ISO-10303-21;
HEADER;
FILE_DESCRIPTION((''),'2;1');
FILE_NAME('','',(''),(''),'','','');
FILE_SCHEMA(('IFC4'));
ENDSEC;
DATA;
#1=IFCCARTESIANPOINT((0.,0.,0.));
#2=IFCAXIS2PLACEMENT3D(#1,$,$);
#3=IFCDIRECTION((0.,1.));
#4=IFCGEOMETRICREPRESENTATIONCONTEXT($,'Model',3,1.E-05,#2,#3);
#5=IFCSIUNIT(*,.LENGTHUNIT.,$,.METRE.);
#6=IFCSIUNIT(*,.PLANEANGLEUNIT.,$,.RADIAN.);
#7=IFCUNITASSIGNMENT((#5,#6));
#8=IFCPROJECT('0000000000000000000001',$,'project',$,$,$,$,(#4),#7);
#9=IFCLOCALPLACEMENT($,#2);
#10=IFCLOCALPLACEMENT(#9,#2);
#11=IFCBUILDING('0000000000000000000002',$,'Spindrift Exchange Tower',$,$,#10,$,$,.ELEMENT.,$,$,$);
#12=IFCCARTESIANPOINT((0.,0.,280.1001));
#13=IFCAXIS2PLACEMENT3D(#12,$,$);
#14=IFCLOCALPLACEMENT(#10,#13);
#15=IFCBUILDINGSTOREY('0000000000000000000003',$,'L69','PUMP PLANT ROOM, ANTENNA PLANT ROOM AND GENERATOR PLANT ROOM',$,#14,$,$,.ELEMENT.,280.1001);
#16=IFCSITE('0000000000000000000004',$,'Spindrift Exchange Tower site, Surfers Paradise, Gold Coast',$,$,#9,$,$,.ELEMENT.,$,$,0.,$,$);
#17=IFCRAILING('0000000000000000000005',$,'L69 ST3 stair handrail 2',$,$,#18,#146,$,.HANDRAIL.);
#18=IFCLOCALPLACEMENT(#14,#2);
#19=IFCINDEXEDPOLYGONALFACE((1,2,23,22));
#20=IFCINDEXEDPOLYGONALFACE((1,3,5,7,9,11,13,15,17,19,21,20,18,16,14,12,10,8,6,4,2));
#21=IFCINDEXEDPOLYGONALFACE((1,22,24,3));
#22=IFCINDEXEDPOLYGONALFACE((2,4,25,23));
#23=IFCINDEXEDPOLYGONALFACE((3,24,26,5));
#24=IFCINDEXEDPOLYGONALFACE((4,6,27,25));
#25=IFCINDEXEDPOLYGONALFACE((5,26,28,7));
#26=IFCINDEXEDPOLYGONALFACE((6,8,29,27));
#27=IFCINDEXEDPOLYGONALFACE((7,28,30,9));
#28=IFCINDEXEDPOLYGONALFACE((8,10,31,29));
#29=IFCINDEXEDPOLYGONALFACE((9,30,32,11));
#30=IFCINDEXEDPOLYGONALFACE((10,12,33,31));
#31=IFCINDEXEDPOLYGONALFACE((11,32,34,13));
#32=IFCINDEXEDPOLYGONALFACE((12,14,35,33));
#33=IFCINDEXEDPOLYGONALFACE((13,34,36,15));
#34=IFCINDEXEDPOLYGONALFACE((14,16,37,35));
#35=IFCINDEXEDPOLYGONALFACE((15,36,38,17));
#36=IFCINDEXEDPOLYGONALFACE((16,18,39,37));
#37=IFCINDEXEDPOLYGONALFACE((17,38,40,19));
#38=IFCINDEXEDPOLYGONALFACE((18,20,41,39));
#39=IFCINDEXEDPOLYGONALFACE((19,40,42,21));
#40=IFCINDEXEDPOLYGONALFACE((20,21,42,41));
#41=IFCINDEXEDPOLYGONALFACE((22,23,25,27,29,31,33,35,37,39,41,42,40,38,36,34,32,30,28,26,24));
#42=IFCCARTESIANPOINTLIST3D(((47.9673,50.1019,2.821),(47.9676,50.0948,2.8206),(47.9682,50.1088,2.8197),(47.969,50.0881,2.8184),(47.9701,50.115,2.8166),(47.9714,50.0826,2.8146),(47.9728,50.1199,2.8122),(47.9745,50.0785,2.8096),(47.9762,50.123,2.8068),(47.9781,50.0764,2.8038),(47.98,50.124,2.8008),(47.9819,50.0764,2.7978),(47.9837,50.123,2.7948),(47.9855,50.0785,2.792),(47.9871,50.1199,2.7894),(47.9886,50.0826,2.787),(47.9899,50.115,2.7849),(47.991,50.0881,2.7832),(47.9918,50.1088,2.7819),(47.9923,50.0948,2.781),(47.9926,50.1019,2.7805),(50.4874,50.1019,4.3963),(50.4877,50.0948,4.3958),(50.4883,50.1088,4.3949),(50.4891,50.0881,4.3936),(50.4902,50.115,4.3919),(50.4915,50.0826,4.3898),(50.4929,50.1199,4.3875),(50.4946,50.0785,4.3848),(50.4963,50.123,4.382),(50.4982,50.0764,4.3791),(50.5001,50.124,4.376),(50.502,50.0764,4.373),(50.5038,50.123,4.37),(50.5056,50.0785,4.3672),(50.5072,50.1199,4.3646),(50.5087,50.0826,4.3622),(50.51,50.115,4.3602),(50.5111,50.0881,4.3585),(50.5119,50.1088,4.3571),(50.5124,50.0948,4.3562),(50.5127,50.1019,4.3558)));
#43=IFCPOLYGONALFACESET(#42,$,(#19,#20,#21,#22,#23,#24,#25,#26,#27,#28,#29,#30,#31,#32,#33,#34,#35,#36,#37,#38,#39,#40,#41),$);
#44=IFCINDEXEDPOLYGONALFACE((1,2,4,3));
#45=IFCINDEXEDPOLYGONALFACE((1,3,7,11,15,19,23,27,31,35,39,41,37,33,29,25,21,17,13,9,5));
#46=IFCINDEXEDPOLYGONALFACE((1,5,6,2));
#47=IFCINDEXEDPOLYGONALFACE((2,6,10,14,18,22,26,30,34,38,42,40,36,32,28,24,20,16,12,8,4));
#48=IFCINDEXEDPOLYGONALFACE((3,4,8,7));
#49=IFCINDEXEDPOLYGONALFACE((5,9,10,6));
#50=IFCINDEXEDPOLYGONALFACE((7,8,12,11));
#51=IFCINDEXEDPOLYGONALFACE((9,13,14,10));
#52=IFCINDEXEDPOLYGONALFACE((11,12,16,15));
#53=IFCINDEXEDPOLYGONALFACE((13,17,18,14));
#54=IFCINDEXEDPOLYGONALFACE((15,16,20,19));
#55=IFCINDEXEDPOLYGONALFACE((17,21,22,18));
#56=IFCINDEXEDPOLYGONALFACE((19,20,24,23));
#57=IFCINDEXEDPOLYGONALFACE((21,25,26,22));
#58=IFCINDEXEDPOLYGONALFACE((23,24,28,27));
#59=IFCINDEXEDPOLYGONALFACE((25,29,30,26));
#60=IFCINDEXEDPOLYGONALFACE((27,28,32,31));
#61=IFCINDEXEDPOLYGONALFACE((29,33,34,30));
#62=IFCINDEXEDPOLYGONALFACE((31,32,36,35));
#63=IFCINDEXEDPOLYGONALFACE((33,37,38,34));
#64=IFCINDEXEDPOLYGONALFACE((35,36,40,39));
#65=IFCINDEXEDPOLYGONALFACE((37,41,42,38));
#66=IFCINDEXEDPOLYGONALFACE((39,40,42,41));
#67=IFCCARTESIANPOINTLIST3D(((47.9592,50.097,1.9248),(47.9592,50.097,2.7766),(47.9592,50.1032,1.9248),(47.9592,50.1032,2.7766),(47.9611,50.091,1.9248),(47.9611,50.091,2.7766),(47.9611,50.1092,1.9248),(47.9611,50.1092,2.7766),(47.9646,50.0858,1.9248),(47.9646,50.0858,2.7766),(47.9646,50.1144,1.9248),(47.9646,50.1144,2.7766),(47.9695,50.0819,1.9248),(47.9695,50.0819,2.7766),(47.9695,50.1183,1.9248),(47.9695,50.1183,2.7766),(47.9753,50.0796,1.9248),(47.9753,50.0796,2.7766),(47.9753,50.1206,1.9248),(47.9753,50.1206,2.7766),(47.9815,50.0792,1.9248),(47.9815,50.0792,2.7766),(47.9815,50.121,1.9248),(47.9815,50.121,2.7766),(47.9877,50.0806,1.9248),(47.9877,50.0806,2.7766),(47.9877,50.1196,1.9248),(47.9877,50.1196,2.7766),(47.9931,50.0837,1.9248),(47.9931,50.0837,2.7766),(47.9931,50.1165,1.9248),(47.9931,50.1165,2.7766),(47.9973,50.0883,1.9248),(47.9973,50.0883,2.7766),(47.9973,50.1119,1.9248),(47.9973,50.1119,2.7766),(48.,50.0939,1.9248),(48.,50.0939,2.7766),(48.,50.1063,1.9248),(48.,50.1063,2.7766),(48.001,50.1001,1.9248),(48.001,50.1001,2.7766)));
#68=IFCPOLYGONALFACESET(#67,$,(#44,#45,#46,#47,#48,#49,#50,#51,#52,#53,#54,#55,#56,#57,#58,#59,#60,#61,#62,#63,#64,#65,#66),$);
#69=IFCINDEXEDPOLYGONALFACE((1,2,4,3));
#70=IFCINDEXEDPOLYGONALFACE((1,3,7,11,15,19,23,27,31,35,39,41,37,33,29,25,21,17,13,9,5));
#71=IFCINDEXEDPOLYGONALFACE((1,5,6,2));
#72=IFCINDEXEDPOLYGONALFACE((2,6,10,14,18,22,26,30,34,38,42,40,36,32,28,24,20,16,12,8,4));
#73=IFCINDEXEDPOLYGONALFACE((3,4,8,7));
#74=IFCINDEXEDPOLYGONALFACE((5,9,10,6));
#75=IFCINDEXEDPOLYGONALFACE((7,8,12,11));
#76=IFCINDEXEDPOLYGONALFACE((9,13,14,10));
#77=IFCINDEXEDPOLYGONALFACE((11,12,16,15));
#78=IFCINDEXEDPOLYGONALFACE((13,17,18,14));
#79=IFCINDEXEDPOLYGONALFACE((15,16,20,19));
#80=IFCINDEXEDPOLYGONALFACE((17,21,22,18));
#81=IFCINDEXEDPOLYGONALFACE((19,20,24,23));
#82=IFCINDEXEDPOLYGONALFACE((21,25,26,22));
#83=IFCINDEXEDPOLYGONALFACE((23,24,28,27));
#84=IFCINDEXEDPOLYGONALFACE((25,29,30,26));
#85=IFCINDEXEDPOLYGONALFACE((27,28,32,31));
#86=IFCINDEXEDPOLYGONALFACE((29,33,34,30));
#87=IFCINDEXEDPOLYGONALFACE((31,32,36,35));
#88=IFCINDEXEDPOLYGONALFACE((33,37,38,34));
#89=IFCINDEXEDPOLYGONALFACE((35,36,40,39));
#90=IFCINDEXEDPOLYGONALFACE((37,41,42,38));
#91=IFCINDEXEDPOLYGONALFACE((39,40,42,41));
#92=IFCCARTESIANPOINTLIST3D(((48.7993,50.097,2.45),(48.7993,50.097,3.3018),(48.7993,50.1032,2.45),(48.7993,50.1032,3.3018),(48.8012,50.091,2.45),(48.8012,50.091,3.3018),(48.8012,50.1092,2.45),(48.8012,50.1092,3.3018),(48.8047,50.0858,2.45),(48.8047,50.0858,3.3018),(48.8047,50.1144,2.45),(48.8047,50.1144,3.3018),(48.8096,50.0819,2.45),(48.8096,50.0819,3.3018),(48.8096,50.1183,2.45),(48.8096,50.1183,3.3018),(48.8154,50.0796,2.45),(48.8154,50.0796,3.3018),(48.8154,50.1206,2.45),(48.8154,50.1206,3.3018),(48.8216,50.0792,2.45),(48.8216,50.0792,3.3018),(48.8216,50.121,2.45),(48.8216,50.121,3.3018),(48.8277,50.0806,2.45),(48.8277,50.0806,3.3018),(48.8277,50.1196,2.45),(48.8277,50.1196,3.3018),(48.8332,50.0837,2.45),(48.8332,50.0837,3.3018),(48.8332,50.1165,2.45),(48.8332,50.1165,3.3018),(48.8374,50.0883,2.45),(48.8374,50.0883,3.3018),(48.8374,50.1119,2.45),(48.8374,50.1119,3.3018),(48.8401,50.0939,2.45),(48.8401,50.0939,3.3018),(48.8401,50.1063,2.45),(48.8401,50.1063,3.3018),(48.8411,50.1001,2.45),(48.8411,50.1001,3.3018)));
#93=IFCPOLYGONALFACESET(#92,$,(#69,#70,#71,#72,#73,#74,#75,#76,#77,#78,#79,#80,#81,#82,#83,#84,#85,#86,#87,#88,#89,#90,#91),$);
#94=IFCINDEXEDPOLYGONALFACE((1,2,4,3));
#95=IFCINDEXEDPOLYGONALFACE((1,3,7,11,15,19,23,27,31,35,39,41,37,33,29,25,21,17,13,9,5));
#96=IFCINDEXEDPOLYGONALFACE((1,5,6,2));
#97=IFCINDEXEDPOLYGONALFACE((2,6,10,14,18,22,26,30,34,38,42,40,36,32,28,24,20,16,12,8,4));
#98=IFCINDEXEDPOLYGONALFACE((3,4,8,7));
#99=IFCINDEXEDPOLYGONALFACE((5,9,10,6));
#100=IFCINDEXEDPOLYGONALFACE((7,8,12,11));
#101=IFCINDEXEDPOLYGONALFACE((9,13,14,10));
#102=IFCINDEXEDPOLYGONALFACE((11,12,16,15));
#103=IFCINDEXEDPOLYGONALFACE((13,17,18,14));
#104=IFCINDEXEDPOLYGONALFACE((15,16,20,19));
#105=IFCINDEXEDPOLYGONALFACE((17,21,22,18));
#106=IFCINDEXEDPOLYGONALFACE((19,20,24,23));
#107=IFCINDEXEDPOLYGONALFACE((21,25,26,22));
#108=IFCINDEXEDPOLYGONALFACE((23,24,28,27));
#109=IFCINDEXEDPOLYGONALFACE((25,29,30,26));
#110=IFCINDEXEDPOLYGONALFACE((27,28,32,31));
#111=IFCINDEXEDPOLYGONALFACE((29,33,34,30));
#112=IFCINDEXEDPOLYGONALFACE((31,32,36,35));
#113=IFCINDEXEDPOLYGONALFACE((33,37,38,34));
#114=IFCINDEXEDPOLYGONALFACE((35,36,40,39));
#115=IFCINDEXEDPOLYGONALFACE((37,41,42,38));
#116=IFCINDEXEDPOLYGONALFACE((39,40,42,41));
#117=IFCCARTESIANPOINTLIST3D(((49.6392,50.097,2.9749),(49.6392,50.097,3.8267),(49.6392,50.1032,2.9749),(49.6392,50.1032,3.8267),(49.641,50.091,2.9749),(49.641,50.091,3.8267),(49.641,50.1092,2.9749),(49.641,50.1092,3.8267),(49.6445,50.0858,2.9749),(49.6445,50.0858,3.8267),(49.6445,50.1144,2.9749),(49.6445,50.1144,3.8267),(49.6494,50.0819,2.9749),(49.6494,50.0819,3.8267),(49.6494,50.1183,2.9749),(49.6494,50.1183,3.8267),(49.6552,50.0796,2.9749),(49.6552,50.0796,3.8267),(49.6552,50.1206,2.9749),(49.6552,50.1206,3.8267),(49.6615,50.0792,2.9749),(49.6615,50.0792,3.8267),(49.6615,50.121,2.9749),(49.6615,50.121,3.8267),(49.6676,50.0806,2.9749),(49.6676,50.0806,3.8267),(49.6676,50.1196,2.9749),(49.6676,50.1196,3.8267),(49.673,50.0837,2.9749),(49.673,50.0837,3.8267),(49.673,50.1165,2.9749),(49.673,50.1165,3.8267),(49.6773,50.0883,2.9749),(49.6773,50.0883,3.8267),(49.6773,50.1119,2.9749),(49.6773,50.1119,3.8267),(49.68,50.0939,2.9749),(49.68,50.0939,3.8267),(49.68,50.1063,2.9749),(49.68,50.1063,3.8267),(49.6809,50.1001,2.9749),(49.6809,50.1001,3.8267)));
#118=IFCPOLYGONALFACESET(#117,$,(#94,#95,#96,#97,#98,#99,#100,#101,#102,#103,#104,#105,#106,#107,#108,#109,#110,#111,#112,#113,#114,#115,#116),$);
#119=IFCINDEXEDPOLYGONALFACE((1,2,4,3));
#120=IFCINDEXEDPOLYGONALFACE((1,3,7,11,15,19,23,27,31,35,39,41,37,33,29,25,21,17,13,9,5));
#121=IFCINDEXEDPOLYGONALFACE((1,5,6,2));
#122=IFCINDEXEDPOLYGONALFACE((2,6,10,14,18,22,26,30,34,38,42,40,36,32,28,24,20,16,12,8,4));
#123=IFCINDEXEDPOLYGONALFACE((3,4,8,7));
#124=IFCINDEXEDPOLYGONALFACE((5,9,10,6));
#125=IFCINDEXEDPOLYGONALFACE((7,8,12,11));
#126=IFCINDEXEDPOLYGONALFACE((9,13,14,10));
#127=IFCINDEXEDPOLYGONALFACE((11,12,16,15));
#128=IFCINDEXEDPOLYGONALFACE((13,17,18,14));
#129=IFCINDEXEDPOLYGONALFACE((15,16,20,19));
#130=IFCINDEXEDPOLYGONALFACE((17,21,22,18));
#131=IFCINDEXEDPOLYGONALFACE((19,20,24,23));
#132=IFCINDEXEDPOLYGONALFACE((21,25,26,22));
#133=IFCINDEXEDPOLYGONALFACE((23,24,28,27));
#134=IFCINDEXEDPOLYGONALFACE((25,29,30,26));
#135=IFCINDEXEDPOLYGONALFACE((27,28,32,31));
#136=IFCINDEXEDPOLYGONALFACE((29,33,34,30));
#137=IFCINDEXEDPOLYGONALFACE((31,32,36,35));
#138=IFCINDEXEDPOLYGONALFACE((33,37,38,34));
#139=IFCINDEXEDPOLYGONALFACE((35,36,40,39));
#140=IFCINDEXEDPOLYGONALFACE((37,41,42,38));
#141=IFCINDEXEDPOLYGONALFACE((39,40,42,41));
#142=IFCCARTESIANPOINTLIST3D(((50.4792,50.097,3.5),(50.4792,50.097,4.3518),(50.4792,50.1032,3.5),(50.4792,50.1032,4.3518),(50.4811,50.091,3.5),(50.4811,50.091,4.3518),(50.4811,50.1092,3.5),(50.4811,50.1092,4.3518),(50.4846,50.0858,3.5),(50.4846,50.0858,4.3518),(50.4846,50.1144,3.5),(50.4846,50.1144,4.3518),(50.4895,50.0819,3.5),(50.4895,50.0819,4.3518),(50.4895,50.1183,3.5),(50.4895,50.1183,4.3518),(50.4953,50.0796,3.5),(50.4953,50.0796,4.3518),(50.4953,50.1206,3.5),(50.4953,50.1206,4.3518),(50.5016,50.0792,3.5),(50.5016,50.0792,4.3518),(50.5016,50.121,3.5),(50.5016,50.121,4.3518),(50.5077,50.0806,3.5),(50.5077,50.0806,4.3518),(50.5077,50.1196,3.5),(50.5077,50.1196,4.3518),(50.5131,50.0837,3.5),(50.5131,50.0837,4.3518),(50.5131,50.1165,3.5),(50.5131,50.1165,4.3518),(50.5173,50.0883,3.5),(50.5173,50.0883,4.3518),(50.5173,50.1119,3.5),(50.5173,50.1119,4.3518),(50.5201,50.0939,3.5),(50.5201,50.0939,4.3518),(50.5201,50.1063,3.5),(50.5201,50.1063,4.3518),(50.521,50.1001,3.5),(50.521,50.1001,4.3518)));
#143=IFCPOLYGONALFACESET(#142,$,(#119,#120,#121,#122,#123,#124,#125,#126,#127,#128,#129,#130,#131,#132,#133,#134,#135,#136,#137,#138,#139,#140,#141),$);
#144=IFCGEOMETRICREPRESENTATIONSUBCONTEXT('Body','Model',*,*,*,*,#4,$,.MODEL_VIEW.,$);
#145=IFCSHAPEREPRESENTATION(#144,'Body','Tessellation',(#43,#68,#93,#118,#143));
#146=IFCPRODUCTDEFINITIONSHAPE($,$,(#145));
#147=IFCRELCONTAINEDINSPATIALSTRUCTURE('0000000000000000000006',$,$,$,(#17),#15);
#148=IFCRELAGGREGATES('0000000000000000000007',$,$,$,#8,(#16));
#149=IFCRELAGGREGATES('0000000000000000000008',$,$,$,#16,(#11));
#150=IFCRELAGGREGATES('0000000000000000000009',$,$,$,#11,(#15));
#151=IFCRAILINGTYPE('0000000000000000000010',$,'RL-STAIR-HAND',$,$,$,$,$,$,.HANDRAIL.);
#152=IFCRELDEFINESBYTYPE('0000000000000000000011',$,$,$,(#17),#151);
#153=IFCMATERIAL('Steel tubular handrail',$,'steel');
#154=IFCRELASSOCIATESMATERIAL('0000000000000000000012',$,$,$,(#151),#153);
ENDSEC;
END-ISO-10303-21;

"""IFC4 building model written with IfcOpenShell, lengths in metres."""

from ifc_helpers import new_model, si_unit, direction, frame, origin, origin_2d, place, context, subcontext, project, spatial, circle, extrude, material, type_object, element, save


model = new_model("IFC4")

# Units and contexts
model_context = context("Model", 3, precision=1e-05, world=origin(), true_north=direction((0.0, 1.0)))
body_context = subcontext(model_context, "Body", "Model", "MODEL_VIEW")
ifc_project = project(units=[si_unit("LENGTHUNIT", "METRE"), si_unit("PLANEANGLEUNIT", "RADIAN")], contexts=[model_context])

# Site, building, storey
site_placement = place(None, origin())
site = spatial("IfcSite", under=ifc_project, at=site_placement, Name="Spindrift Exchange Tower site, Surfers Paradise, Gold Coast", CompositionType="ELEMENT", RefElevation=0.0)
building_placement = place(site_placement, origin())
building = spatial("IfcBuilding", under=site, at=building_placement, Name="Spindrift Exchange Tower", CompositionType="ELEMENT")
storey_placement = place(building_placement, frame((0.0, 0.0, 280.1001)))
storey = spatial("IfcBuildingStorey", under=building, at=storey_placement, Name="L69", Description="PUMP PLANT ROOM, ANTENNA PLANT ROOM AND GENERATOR PLANT ROOM", CompositionType="ELEMENT", Elevation=280.1001)

# Railing
ifc_material_1 = material(Name="Steel tubular handrail", Category="steel")
railing_type_1 = type_object("IfcRailingType", Name="RL-STAIR-HAND", PredefinedType="HANDRAIL", material=ifc_material_1)
railing_1_placement = place(storey_placement, frame((47.98, 50.1001, 1.9248)))
element("IfcRailing", 1, at=railing_1_placement, inside=storey, type_object=railing_type_1, Name="L69 ST3 stair handrail 2", PredefinedType="HANDRAIL", context=body_context, shape_type="SweptSolid", body=[
    extrude(circle(Radius=0.0239, at=origin_2d()), frame((0.0, 0.0, 0.876), z_axis=(0.847971, 0.0, 0.530043), x_axis=(0.0, 1.0, 0.0)), (0.0, 0.0, 1.0), 2.9719),
    extrude(circle(Radius=0.021, at=origin_2d()), origin(), (0.0, 0.0, 1.0), 0.8518),
    extrude(circle(Radius=0.021, at=origin_2d()), frame((0.8401, 0.0, 0.5251)), (0.0, 0.0, 1.0), 0.8518),
    extrude(circle(Radius=0.021, at=origin_2d()), frame((1.6799, 0.0, 1.05)), (0.0, 0.0, 1.0), 0.8518),
    extrude(circle(Radius=0.021, at=origin_2d()), frame((2.52, 0.0, 1.5752)), (0.0, 0.0, 1.0), 0.8518),
])

save(model, "model.ifc")
